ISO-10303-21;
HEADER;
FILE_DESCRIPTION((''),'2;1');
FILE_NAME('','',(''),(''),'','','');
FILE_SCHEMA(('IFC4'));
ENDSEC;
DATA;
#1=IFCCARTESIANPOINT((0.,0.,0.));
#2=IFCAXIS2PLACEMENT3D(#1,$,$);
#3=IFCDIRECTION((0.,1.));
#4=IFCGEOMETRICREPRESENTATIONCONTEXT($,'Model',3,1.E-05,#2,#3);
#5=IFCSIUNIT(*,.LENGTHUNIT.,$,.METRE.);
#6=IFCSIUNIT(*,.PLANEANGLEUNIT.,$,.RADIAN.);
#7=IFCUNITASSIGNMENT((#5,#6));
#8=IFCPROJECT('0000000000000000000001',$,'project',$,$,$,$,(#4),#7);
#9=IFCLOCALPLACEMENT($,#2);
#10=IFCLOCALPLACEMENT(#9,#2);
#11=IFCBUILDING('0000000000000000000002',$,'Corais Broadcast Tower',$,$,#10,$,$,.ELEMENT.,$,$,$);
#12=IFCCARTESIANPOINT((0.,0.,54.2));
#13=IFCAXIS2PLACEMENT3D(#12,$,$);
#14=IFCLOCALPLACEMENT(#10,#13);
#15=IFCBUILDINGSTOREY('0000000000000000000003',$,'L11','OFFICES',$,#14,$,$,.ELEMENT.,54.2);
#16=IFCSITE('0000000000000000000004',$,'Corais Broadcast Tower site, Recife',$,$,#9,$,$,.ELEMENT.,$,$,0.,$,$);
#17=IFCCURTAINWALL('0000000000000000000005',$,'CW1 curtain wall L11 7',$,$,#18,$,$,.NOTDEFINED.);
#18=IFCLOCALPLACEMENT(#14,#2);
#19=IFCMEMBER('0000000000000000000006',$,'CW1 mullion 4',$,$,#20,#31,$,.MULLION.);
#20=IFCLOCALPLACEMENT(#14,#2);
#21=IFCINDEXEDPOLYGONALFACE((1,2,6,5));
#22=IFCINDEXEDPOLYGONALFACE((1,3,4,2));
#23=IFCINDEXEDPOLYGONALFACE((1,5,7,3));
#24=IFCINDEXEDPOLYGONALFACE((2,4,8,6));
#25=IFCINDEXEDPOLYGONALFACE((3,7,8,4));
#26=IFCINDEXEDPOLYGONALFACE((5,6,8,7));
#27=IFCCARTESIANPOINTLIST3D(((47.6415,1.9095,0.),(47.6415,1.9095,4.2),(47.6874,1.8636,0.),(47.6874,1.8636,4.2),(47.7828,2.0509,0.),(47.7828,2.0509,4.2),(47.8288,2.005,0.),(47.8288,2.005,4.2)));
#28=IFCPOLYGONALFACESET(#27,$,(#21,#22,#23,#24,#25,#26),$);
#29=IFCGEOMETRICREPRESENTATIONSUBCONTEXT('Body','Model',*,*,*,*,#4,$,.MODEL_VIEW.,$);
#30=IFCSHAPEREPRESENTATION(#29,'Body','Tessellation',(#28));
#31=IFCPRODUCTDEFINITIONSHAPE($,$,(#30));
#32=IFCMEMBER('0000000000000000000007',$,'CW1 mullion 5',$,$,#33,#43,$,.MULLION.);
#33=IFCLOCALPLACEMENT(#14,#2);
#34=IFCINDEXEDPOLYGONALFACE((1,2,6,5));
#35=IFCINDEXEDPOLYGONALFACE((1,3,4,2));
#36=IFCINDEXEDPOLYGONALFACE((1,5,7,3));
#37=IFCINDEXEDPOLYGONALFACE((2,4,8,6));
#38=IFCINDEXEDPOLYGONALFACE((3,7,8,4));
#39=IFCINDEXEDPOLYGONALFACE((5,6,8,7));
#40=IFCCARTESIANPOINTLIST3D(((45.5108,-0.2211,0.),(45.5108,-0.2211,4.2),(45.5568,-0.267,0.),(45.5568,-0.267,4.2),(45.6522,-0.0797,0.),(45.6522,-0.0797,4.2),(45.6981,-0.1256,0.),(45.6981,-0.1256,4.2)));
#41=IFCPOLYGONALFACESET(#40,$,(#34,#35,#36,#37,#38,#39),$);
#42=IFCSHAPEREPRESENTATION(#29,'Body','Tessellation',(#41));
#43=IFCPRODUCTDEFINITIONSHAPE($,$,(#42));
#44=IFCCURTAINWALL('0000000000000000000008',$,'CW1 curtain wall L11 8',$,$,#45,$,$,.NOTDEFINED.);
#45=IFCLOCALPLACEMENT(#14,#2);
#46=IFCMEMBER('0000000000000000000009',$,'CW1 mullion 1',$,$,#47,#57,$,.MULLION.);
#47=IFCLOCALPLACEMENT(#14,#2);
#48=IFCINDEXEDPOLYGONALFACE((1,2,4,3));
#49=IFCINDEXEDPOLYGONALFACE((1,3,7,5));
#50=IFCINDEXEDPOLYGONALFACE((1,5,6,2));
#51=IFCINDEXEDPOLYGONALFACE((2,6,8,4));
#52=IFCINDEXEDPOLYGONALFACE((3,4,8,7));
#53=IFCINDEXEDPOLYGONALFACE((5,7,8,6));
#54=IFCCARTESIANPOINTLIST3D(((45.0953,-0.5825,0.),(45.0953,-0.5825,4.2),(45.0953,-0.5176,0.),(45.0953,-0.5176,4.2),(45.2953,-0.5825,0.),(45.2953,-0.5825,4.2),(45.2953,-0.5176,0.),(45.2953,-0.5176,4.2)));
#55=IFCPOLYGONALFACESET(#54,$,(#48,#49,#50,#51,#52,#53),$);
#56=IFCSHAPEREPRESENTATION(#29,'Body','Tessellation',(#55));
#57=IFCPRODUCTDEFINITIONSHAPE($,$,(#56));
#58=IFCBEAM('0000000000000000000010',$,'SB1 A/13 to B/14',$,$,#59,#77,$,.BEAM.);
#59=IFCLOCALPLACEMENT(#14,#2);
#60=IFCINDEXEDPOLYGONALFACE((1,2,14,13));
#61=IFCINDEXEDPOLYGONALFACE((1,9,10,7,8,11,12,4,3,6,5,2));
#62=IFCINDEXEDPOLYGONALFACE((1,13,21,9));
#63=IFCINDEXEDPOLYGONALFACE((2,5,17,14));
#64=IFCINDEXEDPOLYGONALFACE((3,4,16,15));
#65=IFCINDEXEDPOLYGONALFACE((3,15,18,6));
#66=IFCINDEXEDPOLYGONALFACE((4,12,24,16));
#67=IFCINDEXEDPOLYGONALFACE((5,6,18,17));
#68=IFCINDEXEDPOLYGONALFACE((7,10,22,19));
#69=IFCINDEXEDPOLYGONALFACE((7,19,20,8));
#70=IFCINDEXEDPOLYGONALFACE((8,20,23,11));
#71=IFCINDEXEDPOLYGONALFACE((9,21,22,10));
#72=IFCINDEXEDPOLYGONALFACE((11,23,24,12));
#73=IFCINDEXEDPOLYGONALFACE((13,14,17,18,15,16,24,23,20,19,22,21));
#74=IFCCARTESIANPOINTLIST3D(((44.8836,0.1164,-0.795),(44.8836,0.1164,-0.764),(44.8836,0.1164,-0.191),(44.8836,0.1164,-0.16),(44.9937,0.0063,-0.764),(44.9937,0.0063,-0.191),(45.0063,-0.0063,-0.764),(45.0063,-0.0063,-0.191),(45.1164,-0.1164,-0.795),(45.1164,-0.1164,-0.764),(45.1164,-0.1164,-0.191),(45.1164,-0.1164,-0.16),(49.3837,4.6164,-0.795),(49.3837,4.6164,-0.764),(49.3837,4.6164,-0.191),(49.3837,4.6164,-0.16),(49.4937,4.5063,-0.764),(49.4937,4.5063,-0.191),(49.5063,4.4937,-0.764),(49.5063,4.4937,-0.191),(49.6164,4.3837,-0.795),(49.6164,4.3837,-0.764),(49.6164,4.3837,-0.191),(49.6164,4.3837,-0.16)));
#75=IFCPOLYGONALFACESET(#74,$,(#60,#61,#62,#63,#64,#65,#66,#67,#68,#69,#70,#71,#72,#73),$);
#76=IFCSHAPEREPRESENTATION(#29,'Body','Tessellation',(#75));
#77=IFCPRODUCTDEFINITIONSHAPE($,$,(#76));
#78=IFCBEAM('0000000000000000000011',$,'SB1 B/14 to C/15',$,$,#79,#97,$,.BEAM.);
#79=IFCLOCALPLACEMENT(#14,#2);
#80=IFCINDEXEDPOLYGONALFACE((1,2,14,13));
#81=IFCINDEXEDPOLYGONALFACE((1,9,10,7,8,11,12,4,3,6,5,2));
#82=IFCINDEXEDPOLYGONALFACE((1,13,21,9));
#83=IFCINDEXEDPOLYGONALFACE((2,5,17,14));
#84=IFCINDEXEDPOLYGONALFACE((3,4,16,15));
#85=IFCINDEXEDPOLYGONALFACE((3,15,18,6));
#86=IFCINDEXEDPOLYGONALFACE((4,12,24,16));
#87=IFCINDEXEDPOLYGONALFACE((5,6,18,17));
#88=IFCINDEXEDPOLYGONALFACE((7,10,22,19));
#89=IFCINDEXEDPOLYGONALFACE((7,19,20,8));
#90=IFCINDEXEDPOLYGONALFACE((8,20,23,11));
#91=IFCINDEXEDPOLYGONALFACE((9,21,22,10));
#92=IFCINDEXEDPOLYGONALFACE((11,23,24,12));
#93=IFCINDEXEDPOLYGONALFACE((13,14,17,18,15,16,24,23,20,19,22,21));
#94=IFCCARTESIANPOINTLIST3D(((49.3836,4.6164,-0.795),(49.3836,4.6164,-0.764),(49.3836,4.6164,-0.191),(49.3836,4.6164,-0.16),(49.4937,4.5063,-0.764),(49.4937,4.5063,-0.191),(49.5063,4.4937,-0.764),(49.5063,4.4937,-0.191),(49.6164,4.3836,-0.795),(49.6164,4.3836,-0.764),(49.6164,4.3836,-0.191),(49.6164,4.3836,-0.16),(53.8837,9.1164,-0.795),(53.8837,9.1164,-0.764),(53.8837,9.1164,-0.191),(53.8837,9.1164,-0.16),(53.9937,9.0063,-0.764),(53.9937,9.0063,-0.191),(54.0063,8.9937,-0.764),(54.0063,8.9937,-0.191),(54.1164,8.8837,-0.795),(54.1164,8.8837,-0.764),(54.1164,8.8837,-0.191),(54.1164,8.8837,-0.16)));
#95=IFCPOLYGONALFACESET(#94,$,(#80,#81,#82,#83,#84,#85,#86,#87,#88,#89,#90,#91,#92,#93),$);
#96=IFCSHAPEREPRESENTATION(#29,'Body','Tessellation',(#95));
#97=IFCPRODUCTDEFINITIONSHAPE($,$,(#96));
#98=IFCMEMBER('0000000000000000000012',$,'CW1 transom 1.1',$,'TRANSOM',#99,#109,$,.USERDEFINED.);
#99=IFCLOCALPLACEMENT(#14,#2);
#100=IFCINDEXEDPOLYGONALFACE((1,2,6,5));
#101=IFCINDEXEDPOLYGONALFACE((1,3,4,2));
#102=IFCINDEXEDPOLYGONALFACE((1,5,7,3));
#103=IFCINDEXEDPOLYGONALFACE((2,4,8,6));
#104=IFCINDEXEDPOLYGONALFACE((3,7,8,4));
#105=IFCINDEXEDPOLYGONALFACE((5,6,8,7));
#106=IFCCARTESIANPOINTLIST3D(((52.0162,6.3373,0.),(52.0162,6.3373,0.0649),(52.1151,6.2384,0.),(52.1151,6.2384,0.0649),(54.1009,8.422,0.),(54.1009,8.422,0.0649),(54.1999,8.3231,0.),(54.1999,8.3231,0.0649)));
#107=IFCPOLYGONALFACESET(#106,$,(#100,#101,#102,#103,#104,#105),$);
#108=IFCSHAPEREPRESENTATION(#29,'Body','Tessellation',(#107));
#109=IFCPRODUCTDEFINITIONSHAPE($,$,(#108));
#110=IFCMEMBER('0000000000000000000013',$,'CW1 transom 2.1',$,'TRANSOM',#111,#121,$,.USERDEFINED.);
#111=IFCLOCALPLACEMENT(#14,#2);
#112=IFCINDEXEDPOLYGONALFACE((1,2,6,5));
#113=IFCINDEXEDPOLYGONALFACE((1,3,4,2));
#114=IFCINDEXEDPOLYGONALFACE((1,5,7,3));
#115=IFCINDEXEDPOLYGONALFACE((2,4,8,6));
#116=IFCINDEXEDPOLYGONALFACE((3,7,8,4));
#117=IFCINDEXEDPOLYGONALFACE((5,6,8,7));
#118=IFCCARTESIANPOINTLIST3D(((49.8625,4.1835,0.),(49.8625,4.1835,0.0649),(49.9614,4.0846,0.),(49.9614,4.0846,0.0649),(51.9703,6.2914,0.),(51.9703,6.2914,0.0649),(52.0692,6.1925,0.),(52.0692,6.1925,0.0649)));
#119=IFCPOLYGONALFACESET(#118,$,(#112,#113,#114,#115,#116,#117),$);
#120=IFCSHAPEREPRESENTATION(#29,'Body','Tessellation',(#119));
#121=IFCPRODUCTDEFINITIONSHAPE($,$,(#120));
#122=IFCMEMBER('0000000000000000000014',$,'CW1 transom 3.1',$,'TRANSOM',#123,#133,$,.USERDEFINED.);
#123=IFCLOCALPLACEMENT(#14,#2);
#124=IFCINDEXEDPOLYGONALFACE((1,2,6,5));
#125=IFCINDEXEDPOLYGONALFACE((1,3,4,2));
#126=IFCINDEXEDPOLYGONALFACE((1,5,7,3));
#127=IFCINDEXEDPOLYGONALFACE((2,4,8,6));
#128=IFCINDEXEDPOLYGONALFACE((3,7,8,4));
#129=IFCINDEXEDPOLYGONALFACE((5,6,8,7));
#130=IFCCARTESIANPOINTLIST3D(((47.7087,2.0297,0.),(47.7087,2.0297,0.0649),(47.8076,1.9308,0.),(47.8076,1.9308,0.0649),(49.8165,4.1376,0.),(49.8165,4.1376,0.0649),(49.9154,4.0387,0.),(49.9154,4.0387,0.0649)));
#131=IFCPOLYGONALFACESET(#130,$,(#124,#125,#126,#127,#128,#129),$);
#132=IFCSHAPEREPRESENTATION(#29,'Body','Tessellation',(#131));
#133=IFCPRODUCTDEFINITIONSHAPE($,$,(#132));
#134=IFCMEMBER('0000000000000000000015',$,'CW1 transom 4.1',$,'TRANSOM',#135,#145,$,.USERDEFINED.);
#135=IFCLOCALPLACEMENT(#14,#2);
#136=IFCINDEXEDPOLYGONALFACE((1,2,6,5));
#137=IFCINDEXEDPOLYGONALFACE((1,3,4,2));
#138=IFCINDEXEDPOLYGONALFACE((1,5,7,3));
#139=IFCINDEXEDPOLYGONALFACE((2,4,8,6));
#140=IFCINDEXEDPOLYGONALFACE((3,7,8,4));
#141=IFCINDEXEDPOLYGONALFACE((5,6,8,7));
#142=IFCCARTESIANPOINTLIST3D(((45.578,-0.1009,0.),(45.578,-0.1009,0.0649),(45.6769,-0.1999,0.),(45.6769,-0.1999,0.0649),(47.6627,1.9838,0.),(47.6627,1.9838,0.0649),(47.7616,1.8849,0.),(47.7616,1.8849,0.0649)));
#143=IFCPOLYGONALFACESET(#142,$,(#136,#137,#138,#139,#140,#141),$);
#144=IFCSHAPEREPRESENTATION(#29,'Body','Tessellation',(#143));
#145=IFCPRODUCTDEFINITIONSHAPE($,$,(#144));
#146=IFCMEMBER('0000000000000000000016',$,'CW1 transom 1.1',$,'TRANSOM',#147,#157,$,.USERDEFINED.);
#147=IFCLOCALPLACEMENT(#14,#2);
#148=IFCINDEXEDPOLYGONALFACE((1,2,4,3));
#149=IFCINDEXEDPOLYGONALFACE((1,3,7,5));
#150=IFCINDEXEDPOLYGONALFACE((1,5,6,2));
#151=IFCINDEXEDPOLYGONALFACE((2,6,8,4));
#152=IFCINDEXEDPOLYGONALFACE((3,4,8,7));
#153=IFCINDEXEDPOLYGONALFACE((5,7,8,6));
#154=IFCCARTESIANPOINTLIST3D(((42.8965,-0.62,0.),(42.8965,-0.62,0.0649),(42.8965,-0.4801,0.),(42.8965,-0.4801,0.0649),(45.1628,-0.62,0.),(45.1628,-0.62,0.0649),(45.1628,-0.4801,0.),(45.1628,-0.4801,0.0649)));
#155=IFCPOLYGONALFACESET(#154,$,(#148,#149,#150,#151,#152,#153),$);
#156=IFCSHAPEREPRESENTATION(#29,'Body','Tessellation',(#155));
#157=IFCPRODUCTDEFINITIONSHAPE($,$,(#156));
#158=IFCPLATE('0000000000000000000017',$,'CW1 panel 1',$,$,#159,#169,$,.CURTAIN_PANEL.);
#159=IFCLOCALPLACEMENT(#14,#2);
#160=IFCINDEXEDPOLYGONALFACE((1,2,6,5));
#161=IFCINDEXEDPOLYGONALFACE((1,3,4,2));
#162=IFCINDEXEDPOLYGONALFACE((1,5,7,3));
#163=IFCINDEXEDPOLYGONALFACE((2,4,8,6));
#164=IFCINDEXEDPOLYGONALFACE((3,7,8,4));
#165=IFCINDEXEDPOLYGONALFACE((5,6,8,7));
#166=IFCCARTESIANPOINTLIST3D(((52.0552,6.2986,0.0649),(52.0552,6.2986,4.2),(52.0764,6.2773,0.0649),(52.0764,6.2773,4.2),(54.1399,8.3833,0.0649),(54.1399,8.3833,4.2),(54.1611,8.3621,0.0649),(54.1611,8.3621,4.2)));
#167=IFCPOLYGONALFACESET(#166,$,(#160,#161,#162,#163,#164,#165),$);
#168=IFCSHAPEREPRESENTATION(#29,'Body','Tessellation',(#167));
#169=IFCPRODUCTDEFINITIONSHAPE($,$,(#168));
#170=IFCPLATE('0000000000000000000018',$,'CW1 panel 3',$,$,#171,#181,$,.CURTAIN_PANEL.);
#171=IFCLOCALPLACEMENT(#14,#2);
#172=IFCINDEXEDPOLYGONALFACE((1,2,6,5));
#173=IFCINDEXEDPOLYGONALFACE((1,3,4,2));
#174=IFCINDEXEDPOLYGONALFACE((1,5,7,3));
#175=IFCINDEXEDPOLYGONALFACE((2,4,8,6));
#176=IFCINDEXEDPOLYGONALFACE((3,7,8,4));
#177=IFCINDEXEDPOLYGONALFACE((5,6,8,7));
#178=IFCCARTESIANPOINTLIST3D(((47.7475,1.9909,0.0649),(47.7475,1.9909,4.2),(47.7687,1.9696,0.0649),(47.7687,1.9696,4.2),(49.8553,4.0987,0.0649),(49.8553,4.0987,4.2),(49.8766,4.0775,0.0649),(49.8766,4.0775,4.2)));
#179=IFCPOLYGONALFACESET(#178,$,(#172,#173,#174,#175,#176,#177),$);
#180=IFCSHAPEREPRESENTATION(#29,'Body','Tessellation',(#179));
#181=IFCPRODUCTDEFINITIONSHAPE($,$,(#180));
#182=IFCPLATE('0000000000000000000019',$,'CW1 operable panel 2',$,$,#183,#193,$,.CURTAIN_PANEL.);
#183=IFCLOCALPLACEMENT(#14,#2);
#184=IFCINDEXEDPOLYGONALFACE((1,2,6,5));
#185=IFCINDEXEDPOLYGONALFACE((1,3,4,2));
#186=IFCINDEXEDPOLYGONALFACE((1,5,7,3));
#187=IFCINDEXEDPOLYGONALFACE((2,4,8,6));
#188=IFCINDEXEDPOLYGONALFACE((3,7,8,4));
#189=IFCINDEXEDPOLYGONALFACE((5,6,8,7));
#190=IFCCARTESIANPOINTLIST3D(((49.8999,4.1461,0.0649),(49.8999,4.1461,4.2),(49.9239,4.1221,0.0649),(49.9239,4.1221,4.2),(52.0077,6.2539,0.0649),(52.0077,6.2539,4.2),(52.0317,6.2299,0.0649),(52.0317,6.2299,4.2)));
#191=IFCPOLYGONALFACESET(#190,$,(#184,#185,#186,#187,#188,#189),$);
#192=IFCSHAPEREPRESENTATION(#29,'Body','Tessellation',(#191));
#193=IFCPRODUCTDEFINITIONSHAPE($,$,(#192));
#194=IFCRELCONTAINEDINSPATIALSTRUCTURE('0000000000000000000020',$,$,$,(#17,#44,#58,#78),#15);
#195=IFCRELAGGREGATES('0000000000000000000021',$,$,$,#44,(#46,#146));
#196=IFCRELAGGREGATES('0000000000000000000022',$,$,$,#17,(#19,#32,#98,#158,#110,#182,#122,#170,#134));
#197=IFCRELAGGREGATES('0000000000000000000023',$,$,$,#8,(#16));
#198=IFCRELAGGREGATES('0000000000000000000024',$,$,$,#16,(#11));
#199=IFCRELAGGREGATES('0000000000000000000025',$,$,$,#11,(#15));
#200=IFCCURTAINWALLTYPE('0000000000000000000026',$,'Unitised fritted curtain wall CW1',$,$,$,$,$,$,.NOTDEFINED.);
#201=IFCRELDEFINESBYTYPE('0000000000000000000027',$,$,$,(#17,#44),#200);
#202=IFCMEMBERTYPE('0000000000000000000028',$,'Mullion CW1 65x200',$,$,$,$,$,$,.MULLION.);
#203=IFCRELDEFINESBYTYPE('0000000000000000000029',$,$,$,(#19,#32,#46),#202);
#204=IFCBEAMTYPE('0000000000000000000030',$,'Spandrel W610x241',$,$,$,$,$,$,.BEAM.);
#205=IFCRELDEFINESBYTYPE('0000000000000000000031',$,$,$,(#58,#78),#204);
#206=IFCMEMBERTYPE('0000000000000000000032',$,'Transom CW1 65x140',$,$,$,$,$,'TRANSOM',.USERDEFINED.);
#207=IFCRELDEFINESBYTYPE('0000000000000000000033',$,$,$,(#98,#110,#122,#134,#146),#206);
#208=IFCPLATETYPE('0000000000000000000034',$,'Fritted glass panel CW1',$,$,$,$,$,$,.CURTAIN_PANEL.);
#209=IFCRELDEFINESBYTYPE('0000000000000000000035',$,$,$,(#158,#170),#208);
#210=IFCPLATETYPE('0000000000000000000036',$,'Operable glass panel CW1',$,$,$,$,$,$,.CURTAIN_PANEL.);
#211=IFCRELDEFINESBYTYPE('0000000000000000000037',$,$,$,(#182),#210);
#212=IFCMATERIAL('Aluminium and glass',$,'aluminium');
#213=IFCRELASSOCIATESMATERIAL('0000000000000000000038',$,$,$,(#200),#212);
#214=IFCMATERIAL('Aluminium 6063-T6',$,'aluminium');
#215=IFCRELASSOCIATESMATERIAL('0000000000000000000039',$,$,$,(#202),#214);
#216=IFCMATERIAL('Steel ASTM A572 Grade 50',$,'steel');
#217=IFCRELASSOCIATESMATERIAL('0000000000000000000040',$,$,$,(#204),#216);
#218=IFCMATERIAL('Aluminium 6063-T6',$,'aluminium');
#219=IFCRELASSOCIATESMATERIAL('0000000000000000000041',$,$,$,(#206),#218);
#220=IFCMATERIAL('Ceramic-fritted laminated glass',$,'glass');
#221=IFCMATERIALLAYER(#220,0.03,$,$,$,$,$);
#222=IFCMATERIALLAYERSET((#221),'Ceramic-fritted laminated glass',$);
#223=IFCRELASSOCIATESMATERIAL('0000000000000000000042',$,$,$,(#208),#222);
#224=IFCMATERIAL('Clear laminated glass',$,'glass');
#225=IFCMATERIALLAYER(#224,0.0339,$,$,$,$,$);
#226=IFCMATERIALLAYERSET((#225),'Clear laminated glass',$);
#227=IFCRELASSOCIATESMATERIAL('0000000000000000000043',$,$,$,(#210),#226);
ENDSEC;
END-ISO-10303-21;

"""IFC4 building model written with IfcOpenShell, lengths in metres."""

from ifc_helpers import new_model, si_unit, direction, frame, origin, origin_2d, place, context, subcontext, project, spatial, rectangle, i_section, extrude, material, layer, layer_set, material_profile, profile_set, type_object, element, aggregate, save


model = new_model("IFC4")

# Units and contexts
model_context = context("Model", 3, precision=1e-05, world=origin(), true_north=direction((0.0, 1.0)))
body_context = subcontext(model_context, "Body", "Model", "MODEL_VIEW")
ifc_project = project(units=[si_unit("LENGTHUNIT", "METRE"), si_unit("PLANEANGLEUNIT", "RADIAN")], contexts=[model_context])

# Site, building, storey
site_placement = place(None, origin())
site = spatial("IfcSite", under=ifc_project, at=site_placement, Name="Corais Broadcast Tower site, Recife", CompositionType="ELEMENT", RefElevation=0.0)
building_placement = place(site_placement, origin())
building = spatial("IfcBuilding", under=site, at=building_placement, Name="Corais Broadcast Tower", CompositionType="ELEMENT")
storey_placement = place(building_placement, frame((0.0, 0.0, 54.2)))
storey = spatial("IfcBuildingStorey", under=building, at=storey_placement, Name="L11", Description="OFFICES", CompositionType="ELEMENT", Elevation=54.2)

# Shared definitions
ifc_material_1 = material(Name="Aluminium and glass", Category="aluminium")
curtain_wall_type = type_object("IfcCurtainWallType", Name="Unitised fritted curtain wall CW1", PredefinedType="NOTDEFINED", material=ifc_material_1)
ifc_material_2 = material(Name="Aluminium 6063-T6", Category="aluminium")
ifc_material_profile_1 = material_profile(ifc_material_2, rectangle(XDim=0.0649, YDim=0.2, at=origin_2d()), Name="Mullion CW1 65x200")
ifc_profile_set_1 = profile_set([ifc_material_profile_1], Name="Aluminium 6063-T6")
member_type_1 = type_object("IfcMemberType", Name="Mullion CW1 65x200", PredefinedType="MULLION", material=ifc_profile_set_1)

# Curtain wall, members
curtain_wall_1_placement = place(storey_placement, origin())
curtain_wall_1 = element("IfcCurtainWall", 1, at=curtain_wall_1_placement, inside=storey, type_object=curtain_wall_type, Name="CW1 curtain wall L11 7", PredefinedType="NOTDEFINED")
member_1_placement = place(storey_placement, frame((47.7351, 1.9573, 0.0), z_axis=(0.0, 0.0, 1.0), x_axis=(0.707107, -0.707107, 0.0)))
member_1 = element("IfcMember", 2, at=member_1_placement, type_object=member_type_1, Name="CW1 mullion 4", PredefinedType="MULLION", context=body_context, shape_type="SweptSolid", body=[
    extrude(rectangle(XDim=0.0649, YDim=0.2, at=origin_2d()), origin(), (0.0, 0.0, 1.0), 4.2),
])
member_2_placement = place(storey_placement, frame((45.6045, -0.1733, 0.0), z_axis=(0.0, 0.0, 1.0), x_axis=(0.707107, -0.707107, 0.0)))
member_2 = element("IfcMember", 3, at=member_2_placement, type_object=member_type_1, Name="CW1 mullion 5", PredefinedType="MULLION", context=body_context, shape_type="SweptSolid", body=[
    extrude(rectangle(XDim=0.0649, YDim=0.2, at=origin_2d()), origin(), (0.0, 0.0, 1.0), 4.2),
])

# Curtain wall, member
curtain_wall_2_placement = place(storey_placement, origin())
curtain_wall_2 = element("IfcCurtainWall", 4, at=curtain_wall_2_placement, inside=storey, type_object=curtain_wall_type, Name="CW1 curtain wall L11 8", PredefinedType="NOTDEFINED")
member_3_placement = place(storey_placement, frame((45.1953, -0.55, 0.0), z_axis=(0.0, 0.0, 1.0), x_axis=(0.0, -1.0, 0.0)))
member_3 = element("IfcMember", 5, at=member_3_placement, type_object=member_type_1, Name="CW1 mullion 1", PredefinedType="MULLION", context=body_context, shape_type="SweptSolid", body=[
    extrude(rectangle(XDim=0.0649, YDim=0.2, at=origin_2d()), origin(), (0.0, 0.0, 1.0), 4.2),
])

# Beams
ifc_material_3 = material(Name="Steel ASTM A572 Grade 50", Category="steel")
ifc_material_profile_2 = material_profile(ifc_material_3, i_section(OverallWidth=0.3291, OverallDepth=0.635, WebThickness=0.0178, FlangeThickness=0.031, at=origin_2d()), Name="W610x241")
ifc_profile_set_2 = profile_set([ifc_material_profile_2], Name="Steel ASTM A572 Grade 50")
beam_type_1 = type_object("IfcBeamType", Name="Spandrel W610x241", PredefinedType="BEAM", material=ifc_profile_set_2)
for number, where, z_axis, x_axis, name in (
    (6, (45.0, 0.0, -0.4775), (0.707107, 0.707107, 0.0), (-0.707107, 0.707107, 0.0), "SB1 A/13 to B/14"),
    (7, (49.5, 4.5, -0.4775), (0.707107, 0.707107, 0.0), (-0.707107, 0.707107, 0.0), "SB1 B/14 to C/15"),
):
    element("IfcBeam", number, at=place(storey_placement, frame(where, z_axis=z_axis, x_axis=x_axis)), inside=storey, type_object=beam_type_1, Name=name, PredefinedType="BEAM", context=body_context, shape_type="SweptSolid", body=[
        extrude(i_section(OverallWidth=0.3291, OverallDepth=0.635, WebThickness=0.0178, FlangeThickness=0.031, at=origin_2d()), origin(), (0.0, 0.0, 1.0), 6.364),
    ])

# Members
ifc_material_4 = material(Name="Aluminium 6063-T6", Category="aluminium")
ifc_material_profile_3 = material_profile(ifc_material_4, rectangle(XDim=0.1399, YDim=0.0649, at=origin_2d()), Name="Transom CW1 65x140")
ifc_profile_set_3 = profile_set([ifc_material_profile_3], Name="Aluminium 6063-T6")
member_type_2 = type_object("IfcMemberType", Name="Transom CW1 65x140", ElementType="TRANSOM", PredefinedType="USERDEFINED", material=ifc_profile_set_3)
member_4_placement = place(storey_placement, frame((54.1504, 8.3726, 0.0325), z_axis=(-0.707107, -0.707107, 0.0), x_axis=(0.707107, -0.707107, 0.0)))
member_4 = element("IfcMember", 8, at=member_4_placement, type_object=member_type_2, Name="CW1 transom 1.1", ObjectType="TRANSOM", PredefinedType="USERDEFINED", context=body_context, shape_type="SweptSolid", body=[
    extrude(rectangle(XDim=0.1399, YDim=0.0649, at=origin_2d()), origin(), (0.0, 0.0, 1.0), 2.9482),
])
member_5_placement = place(storey_placement, frame((52.0198, 6.2419, 0.0325), z_axis=(-0.707107, -0.707107, 0.0), x_axis=(0.707107, -0.707107, 0.0)))
member_5 = element("IfcMember", 9, at=member_5_placement, type_object=member_type_2, Name="CW1 transom 2.1", ObjectType="TRANSOM", PredefinedType="USERDEFINED", context=body_context, shape_type="SweptSolid", body=[
    extrude(rectangle(XDim=0.1399, YDim=0.0649, at=origin_2d()), origin(), (0.0, 0.0, 1.0), 2.981),
])
member_6_placement = place(storey_placement, frame((49.866, 4.0881, 0.0325), z_axis=(-0.707107, -0.707107, 0.0), x_axis=(0.707107, -0.707107, 0.0)))
member_6 = element("IfcMember", 10, at=member_6_placement, type_object=member_type_2, Name="CW1 transom 3.1", ObjectType="TRANSOM", PredefinedType="USERDEFINED", context=body_context, shape_type="SweptSolid", body=[
    extrude(rectangle(XDim=0.1399, YDim=0.0649, at=origin_2d()), origin(), (0.0, 0.0, 1.0), 2.981),
])
member_7_placement = place(storey_placement, frame((47.7122, 1.9343, 0.0325), z_axis=(-0.707107, -0.707107, 0.0), x_axis=(0.707107, -0.707107, 0.0)))
member_7 = element("IfcMember", 11, at=member_7_placement, type_object=member_type_2, Name="CW1 transom 4.1", ObjectType="TRANSOM", PredefinedType="USERDEFINED", context=body_context, shape_type="SweptSolid", body=[
    extrude(rectangle(XDim=0.1399, YDim=0.0649, at=origin_2d()), origin(), (0.0, 0.0, 1.0), 2.9482),
])
member_8_placement = place(storey_placement, frame((45.1628, -0.55, 0.0325), z_axis=(-1.0, 0.0, 0.0), x_axis=(0.0, -1.0, 0.0)))
member_8 = element("IfcMember", 12, at=member_8_placement, type_object=member_type_2, Name="CW1 transom 1.1", ObjectType="TRANSOM", PredefinedType="USERDEFINED", context=body_context, shape_type="SweptSolid", body=[
    extrude(rectangle(XDim=0.1399, YDim=0.0649, at=origin_2d()), origin(), (0.0, 0.0, 1.0), 2.2664),
])
aggregate(curtain_wall_2, [member_3, member_8])

# Plates
ifc_material_5 = material(Name="Ceramic-fritted laminated glass", Category="glass")
ifc_layer_1 = layer(ifc_material_5, 0.03)
ifc_layer_set_1 = layer_set([ifc_layer_1], Name="Ceramic-fritted laminated glass")
plate_type_1 = type_object("IfcPlateType", Name="Fritted glass panel CW1", PredefinedType="CURTAIN_PANEL", material=ifc_layer_set_1)
plate_1_placement = place(storey_placement, frame((53.1082, 7.3303, 0.0649), z_axis=(0.0, 0.0, 1.0), x_axis=(-0.707107, -0.707107, 0.0)))
plate_1 = element("IfcPlate", 13, at=plate_1_placement, type_object=plate_type_1, Name="CW1 panel 1", PredefinedType="CURTAIN_PANEL", context=body_context, shape_type="SweptSolid", body=[
    extrude(rectangle(XDim=2.9482, YDim=0.03, at=origin_2d()), origin(), (0.0, 0.0, 1.0), 4.135),
])
plate_2_placement = place(storey_placement, frame((48.812, 3.0342, 0.0649), z_axis=(0.0, 0.0, 1.0), x_axis=(-0.707107, -0.707107, 0.0)))
plate_2 = element("IfcPlate", 14, at=plate_2_placement, type_object=plate_type_1, Name="CW1 panel 3", PredefinedType="CURTAIN_PANEL", context=body_context, shape_type="SweptSolid", body=[
    extrude(rectangle(XDim=2.981, YDim=0.03, at=origin_2d()), origin(), (0.0, 0.0, 1.0), 4.135),
])
ifc_material_6 = material(Name="Clear laminated glass", Category="glass")
ifc_layer_2 = layer(ifc_material_6, 0.0339)
ifc_layer_set_2 = layer_set([ifc_layer_2], Name="Clear laminated glass")
plate_type_2 = type_object("IfcPlateType", Name="Operable glass panel CW1", PredefinedType="CURTAIN_PANEL", material=ifc_layer_set_2)
plate_3_placement = place(storey_placement, frame((50.9658, 5.188, 0.0649), z_axis=(0.0, 0.0, 1.0), x_axis=(-0.707107, -0.707107, 0.0)))
plate_3 = element("IfcPlate", 15, at=plate_3_placement, type_object=plate_type_2, Name="CW1 operable panel 2", PredefinedType="CURTAIN_PANEL", context=body_context, shape_type="SweptSolid", body=[
    extrude(rectangle(XDim=2.981, YDim=0.0339, at=origin_2d()), origin(), (0.0, 0.0, 1.0), 4.135),
])
aggregate(curtain_wall_1, [member_1, member_2, member_4, plate_1, member_5, plate_3, member_6, plate_2, member_7])

save(model, "model.ifc")
